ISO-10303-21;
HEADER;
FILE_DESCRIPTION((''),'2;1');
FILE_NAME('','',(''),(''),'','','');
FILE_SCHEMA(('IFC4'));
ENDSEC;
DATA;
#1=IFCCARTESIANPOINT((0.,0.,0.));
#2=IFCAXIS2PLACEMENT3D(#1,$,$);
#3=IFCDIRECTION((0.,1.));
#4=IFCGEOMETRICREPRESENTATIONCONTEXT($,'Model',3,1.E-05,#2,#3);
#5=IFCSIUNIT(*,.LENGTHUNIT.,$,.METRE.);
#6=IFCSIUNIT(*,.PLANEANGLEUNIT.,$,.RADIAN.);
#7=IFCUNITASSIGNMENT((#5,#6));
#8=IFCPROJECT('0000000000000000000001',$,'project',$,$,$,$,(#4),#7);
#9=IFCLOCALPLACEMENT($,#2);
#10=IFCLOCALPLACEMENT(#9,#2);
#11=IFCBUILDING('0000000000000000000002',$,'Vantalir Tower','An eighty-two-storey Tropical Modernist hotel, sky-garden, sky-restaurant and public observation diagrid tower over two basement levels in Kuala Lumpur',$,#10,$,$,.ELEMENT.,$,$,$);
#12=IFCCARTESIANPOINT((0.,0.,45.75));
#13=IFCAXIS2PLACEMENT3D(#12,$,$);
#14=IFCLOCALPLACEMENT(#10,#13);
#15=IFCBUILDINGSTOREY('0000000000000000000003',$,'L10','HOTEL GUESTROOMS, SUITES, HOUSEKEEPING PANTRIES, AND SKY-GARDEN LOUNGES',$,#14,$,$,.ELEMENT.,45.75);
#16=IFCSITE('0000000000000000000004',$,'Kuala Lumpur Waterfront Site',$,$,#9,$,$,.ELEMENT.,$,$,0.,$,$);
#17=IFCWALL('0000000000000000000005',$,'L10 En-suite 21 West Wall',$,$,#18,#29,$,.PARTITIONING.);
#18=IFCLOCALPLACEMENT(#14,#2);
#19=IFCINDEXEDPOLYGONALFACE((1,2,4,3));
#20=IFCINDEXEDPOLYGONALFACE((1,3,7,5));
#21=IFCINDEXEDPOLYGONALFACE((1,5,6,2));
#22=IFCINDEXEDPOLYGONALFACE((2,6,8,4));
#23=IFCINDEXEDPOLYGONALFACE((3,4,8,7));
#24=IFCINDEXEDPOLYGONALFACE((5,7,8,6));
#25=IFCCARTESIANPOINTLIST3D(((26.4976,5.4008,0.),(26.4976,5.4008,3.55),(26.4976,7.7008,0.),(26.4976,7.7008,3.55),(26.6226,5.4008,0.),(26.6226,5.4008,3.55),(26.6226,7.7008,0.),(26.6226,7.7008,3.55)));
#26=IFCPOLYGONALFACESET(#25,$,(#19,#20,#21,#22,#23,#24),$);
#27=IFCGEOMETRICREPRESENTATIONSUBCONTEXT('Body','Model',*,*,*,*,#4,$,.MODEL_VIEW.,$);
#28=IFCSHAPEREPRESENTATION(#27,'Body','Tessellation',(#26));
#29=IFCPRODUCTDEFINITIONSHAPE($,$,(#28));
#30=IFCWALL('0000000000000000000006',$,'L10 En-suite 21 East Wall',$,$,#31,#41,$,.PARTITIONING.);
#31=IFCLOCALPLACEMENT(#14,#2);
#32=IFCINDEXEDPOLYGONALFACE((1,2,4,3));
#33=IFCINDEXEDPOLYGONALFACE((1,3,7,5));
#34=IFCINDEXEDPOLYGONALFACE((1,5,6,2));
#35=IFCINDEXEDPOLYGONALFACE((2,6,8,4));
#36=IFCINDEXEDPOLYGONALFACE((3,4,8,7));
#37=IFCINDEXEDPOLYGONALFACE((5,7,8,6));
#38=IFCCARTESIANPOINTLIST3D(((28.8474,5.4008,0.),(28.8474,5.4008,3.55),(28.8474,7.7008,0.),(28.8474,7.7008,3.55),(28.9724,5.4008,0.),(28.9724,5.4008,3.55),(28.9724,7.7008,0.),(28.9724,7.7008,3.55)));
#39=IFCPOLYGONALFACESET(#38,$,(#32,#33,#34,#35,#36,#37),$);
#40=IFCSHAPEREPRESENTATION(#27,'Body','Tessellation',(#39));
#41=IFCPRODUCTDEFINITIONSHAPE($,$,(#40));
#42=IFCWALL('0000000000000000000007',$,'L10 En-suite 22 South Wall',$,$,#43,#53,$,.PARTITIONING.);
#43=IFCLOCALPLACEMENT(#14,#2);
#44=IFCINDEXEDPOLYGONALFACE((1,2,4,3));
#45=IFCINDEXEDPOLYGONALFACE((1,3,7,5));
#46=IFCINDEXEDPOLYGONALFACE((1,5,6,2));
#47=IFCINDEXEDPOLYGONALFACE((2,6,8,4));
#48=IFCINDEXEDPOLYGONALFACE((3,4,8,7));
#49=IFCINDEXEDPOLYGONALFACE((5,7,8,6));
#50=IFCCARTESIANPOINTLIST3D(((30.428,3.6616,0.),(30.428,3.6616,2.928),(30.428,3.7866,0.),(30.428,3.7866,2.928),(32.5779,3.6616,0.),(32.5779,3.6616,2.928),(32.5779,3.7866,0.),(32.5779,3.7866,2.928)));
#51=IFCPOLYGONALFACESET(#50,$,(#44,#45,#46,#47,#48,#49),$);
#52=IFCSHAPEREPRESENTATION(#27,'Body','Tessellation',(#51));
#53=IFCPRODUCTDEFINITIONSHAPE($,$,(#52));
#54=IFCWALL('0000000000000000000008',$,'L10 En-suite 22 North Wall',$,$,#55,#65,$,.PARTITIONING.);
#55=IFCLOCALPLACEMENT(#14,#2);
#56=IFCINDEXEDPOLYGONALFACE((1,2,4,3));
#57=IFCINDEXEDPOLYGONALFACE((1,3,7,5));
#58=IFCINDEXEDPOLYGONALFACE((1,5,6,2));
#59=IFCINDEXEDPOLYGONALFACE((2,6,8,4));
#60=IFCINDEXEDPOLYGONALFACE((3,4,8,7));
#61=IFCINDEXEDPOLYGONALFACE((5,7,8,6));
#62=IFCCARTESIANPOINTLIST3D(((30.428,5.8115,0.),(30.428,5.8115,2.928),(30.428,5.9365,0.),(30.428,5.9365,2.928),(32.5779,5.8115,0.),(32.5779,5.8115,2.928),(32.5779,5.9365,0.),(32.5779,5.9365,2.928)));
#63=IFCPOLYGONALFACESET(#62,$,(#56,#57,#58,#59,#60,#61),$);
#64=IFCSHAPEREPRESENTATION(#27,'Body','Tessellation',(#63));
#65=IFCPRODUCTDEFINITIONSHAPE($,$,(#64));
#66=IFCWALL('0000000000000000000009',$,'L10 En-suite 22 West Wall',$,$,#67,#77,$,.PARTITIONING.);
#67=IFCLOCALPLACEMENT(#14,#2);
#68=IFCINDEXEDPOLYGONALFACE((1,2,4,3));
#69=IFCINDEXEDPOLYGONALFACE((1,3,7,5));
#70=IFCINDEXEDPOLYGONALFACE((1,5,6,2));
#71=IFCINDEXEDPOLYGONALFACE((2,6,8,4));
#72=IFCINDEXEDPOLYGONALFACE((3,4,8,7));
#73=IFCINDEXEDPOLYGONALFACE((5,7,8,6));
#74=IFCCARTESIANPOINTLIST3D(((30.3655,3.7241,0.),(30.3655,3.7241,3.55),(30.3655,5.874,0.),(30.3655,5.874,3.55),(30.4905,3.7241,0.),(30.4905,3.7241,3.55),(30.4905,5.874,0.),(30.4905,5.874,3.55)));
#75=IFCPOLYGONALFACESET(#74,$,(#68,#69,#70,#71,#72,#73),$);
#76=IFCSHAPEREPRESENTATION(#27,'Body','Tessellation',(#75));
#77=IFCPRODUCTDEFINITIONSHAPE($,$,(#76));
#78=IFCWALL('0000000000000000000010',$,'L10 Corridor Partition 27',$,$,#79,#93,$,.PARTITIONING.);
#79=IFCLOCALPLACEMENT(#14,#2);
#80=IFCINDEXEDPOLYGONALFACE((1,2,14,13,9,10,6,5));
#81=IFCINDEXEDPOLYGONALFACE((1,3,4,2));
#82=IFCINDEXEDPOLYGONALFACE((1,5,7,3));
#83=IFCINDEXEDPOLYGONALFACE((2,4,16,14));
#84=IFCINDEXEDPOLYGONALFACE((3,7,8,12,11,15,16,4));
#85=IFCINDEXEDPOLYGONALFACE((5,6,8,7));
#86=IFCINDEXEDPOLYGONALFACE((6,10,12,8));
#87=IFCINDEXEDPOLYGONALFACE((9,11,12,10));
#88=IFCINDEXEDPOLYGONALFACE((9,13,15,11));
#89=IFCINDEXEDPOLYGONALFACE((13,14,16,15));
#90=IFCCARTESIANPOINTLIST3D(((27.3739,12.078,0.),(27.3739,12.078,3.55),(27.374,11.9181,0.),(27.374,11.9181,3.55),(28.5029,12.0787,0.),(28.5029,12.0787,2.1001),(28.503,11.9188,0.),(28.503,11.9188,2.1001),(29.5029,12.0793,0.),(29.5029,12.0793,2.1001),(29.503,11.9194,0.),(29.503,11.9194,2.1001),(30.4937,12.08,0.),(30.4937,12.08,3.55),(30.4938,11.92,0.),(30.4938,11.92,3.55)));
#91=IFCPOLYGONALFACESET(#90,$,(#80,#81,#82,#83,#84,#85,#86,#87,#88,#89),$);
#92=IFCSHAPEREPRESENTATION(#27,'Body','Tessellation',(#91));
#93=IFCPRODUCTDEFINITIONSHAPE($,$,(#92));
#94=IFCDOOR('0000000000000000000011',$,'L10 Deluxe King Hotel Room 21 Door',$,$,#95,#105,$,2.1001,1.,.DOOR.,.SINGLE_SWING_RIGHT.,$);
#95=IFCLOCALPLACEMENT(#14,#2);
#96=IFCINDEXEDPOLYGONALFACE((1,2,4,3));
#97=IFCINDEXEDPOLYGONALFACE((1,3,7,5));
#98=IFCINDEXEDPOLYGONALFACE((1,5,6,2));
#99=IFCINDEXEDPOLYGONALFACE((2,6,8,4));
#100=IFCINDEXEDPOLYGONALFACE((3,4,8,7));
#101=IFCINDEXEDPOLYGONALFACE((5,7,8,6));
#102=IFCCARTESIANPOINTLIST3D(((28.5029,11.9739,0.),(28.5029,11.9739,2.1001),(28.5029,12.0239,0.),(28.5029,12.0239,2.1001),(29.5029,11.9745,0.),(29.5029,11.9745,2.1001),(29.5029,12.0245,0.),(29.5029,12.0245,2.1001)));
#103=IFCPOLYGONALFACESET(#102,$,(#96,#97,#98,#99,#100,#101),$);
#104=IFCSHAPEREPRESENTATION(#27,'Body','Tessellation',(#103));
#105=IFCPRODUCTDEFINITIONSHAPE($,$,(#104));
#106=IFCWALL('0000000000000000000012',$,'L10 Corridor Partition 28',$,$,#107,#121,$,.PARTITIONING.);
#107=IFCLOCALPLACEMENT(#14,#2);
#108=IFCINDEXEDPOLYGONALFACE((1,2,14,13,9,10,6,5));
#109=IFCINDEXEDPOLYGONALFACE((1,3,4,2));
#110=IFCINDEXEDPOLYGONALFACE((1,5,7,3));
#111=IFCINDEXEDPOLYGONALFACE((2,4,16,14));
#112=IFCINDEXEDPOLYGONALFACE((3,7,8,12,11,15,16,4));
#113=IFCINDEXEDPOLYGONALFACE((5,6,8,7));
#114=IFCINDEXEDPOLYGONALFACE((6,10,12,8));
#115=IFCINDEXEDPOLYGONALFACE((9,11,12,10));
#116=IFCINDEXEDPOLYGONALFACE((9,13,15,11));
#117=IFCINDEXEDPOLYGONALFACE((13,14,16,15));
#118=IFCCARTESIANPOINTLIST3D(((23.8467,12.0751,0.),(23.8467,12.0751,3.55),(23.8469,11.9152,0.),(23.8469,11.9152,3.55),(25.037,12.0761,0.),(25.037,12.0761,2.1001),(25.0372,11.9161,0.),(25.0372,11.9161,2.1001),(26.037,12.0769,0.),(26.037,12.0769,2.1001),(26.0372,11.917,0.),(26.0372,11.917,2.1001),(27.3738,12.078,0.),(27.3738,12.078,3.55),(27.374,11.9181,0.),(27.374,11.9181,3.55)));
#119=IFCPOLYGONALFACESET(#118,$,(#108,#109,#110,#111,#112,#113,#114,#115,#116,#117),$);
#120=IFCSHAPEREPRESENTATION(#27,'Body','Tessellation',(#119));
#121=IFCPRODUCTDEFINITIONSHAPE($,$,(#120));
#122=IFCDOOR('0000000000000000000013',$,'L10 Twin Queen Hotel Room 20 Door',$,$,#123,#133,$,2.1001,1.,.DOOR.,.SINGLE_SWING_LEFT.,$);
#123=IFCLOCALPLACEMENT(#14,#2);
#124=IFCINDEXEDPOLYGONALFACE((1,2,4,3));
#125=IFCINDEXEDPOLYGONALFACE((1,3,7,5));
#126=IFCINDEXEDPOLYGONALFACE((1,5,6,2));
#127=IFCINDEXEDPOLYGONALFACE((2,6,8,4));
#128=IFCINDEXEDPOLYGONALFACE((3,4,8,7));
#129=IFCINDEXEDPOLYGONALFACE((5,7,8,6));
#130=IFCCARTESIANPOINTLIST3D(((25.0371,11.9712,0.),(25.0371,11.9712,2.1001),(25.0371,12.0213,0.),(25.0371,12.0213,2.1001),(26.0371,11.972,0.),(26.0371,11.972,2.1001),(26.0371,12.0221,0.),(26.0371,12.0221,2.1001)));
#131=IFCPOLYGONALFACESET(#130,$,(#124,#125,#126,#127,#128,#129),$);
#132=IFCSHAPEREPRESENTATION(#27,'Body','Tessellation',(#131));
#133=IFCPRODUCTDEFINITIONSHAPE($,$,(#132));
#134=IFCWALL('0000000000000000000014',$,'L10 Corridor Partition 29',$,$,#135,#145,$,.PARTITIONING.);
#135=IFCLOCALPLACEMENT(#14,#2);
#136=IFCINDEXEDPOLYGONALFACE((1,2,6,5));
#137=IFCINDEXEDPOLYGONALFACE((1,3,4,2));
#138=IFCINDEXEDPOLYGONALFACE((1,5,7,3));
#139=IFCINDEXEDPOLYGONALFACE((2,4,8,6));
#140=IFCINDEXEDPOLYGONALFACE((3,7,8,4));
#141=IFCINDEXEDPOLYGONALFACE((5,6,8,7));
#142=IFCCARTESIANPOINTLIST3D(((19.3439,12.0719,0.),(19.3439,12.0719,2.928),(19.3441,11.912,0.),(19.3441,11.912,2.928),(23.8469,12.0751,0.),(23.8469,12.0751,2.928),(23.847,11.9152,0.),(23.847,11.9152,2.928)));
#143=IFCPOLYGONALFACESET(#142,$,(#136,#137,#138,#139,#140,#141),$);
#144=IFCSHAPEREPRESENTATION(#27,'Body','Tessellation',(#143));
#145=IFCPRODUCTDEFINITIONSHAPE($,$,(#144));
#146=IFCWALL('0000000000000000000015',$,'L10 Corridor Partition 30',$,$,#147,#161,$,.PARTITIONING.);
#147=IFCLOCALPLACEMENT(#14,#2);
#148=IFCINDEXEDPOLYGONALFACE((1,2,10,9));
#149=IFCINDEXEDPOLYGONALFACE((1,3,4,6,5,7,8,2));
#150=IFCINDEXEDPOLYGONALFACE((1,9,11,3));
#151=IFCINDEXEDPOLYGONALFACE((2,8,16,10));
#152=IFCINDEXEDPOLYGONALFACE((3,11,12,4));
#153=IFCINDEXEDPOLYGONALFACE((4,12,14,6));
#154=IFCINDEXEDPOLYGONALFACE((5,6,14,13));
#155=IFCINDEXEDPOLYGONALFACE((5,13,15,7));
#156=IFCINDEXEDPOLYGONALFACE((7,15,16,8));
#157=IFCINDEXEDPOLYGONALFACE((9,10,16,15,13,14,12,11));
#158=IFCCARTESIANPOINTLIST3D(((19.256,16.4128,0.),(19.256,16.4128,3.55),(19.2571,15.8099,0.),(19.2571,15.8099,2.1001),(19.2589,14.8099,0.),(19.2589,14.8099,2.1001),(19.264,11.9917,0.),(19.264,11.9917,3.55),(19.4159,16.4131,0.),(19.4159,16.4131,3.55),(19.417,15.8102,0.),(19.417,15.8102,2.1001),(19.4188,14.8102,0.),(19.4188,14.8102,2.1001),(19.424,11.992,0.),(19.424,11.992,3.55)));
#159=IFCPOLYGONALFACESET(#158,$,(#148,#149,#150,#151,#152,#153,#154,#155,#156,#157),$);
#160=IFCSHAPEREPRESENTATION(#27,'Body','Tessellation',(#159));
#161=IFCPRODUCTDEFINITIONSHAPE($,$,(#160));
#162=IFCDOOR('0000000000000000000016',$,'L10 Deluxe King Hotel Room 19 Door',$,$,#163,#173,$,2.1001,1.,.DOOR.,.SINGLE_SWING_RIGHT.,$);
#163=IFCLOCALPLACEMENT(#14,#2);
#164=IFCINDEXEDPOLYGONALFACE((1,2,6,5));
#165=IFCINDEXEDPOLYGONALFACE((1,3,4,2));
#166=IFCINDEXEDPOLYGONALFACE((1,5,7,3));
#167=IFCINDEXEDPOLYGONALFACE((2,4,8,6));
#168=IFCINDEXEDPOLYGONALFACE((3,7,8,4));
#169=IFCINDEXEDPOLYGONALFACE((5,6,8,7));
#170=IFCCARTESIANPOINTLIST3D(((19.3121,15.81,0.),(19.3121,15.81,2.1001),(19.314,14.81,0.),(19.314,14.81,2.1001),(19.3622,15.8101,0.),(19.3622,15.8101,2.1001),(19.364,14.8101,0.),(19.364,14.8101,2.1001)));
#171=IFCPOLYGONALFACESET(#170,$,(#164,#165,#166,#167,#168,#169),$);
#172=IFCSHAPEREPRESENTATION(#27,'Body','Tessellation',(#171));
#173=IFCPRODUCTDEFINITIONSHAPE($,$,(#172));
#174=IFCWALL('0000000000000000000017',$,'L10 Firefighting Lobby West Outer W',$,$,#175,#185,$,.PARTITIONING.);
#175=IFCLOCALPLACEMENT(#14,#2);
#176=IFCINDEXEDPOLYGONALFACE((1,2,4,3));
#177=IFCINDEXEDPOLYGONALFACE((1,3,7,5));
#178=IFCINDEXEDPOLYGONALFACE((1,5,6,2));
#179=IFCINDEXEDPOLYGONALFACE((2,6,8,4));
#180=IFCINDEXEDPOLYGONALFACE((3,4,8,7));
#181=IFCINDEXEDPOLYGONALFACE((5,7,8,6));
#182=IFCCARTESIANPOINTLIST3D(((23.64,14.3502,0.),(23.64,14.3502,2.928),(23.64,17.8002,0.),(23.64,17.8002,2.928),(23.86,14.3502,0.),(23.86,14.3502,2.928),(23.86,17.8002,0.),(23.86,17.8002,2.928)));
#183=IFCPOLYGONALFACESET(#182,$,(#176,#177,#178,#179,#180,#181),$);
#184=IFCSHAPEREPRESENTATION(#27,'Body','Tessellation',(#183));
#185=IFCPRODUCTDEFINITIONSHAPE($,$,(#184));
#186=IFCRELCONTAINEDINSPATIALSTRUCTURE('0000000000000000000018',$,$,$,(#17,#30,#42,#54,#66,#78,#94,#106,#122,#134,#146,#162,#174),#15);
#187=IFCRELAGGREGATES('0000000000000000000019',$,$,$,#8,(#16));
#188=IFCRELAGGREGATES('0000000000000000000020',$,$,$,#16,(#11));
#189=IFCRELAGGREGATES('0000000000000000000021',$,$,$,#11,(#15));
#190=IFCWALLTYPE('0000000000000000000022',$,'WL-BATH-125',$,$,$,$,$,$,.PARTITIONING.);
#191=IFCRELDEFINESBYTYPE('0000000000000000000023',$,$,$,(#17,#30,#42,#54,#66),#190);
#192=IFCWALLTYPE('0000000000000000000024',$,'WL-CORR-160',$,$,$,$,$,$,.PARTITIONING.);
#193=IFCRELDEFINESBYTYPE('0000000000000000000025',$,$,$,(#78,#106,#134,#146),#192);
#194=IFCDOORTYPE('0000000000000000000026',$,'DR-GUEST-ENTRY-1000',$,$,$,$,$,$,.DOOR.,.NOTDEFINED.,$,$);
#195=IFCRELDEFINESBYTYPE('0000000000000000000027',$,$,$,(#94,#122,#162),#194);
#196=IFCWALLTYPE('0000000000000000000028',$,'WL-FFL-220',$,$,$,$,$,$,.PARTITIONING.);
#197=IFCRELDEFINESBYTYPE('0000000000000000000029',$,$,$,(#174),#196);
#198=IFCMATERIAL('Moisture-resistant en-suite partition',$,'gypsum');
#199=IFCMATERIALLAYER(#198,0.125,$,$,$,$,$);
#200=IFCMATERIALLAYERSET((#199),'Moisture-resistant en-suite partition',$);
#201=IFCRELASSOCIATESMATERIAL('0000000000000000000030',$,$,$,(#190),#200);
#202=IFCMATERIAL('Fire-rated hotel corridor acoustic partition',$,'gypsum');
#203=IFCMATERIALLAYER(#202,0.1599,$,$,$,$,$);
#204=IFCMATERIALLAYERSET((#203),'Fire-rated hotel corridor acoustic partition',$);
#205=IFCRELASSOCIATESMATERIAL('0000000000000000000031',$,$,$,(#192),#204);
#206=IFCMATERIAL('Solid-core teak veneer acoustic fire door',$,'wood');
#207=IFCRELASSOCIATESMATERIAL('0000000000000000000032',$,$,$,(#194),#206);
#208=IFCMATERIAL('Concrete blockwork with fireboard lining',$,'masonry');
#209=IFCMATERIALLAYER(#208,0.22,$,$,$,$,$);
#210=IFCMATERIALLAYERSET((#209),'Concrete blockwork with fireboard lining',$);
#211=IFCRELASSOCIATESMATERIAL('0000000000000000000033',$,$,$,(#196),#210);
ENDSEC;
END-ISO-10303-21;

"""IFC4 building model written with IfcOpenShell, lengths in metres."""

from ifc_helpers import new_model, si_unit, direction, frame, frame_2d, origin, place, context, subcontext, project, spatial, rectangle, extrude, material, layer, layer_set, type_object, element, fill, save


model = new_model("IFC4")

# Units and contexts
model_context = context("Model", 3, precision=1e-05, world=origin(), true_north=direction((0.0, 1.0)))
body_context = subcontext(model_context, "Body", "Model", "MODEL_VIEW")
ifc_project = project(units=[si_unit("LENGTHUNIT", "METRE"), si_unit("PLANEANGLEUNIT", "RADIAN")], contexts=[model_context])

# Site, building, storey
site_placement = place(None, origin())
site = spatial("IfcSite", under=ifc_project, at=site_placement, Name="Kuala Lumpur Waterfront Site", CompositionType="ELEMENT", RefElevation=0.0)
building_placement = place(site_placement, origin())
building = spatial("IfcBuilding", under=site, at=building_placement, Name="Vantalir Tower", Description="An eighty-two-storey Tropical Modernist hotel, sky-garden, sky-restaurant and public observation diagrid tower over two basement levels in Kuala Lumpur", CompositionType="ELEMENT")
storey_placement = place(building_placement, frame((0.0, 0.0, 45.75)))
storey = spatial("IfcBuildingStorey", under=building, at=storey_placement, Name="L10", Description="HOTEL GUESTROOMS, SUITES, HOUSEKEEPING PANTRIES, AND SKY-GARDEN LOUNGES", CompositionType="ELEMENT", Elevation=45.75)

# Shared definitions
ifc_material_1 = material(Name="Moisture-resistant en-suite partition", Category="gypsum")
ifc_layer_1 = layer(ifc_material_1, 0.125)
ifc_layer_set_1 = layer_set([ifc_layer_1], Name="Moisture-resistant en-suite partition")
wall_type_1 = type_object("IfcWallType", Name="WL-BATH-125", PredefinedType="PARTITIONING", material=ifc_layer_set_1)

# Walls
for number, where, z_axis, x_axis, name in (
    (1, (26.5601, 5.4009, 0.0), (0.0, 0.0, 1.0), (0.0, 1.0, 0.0), "L10 En-suite 21 West Wall"),
    (2, (28.9099, 5.4009, 0.0), (0.0, 0.0, 1.0), (0.0, 1.0, 0.0), "L10 En-suite 21 East Wall"),
):
    element("IfcWall", number, at=place(storey_placement, frame(where, z_axis=z_axis, x_axis=x_axis)), inside=storey, type_object=wall_type_1, Name=name, PredefinedType="PARTITIONING", context=body_context, shape_type="SweptSolid", body=[
        extrude(rectangle(XDim=2.3, YDim=0.125, at=frame_2d((1.1499, 0.0))), origin(), (0.0, 0.0, 1.0), 3.55),
    ])
for number, where, z_axis, x_axis, name in (
    (3, (30.428, 3.7241, 0.0), (0.0, 0.0, 1.0), (1.0, 0.0, 0.0), "L10 En-suite 22 South Wall"),
    (4, (30.428, 5.874, 0.0), (0.0, 0.0, 1.0), (1.0, 0.0, 0.0), "L10 En-suite 22 North Wall"),
):
    element("IfcWall", number, at=place(storey_placement, frame(where, z_axis=z_axis, x_axis=x_axis)), inside=storey, type_object=wall_type_1, Name=name, PredefinedType="PARTITIONING", context=body_context, shape_type="SweptSolid", body=[
        extrude(rectangle(XDim=2.1499, YDim=0.125, at=frame_2d((1.075, 0.0))), origin(), (0.0, 0.0, 1.0), 2.928),
    ])
wall_1_placement = place(storey_placement, frame((30.428, 3.7241, 0.0), z_axis=(0.0, 0.0, 1.0), x_axis=(0.0, 1.0, 0.0)))
element("IfcWall", 5, at=wall_1_placement, inside=storey, type_object=wall_type_1, Name="L10 En-suite 22 West Wall", PredefinedType="PARTITIONING", context=body_context, shape_type="SweptSolid", body=[
    extrude(rectangle(XDim=2.1499, YDim=0.125, at=frame_2d((1.075, 0.0))), origin(), (0.0, 0.0, 1.0), 3.55),
])

# Walls, openings, doors
ifc_material_2 = material(Name="Fire-rated hotel corridor acoustic partition", Category="gypsum")
ifc_layer_2 = layer(ifc_material_2, 0.1599)
ifc_layer_set_2 = layer_set([ifc_layer_2], Name="Fire-rated hotel corridor acoustic partition")
wall_type_2 = type_object("IfcWallType", Name="WL-CORR-160", PredefinedType="PARTITIONING", material=ifc_layer_set_2)
wall_2_placement = place(storey_placement, frame((30.4939, 12.0, 0.0), z_axis=(0.0, 0.0, 1.0), x_axis=(-1.0, -0.000626, 0.0)))
wall_2 = element("IfcWall", 6, at=wall_2_placement, inside=storey, type_object=wall_type_2, Name="L10 Corridor Partition 27", PredefinedType="PARTITIONING", context=body_context, shape_type="SweptSolid", body=[
    extrude(rectangle(XDim=3.1199, YDim=0.1599, at=frame_2d((1.5601, 0.0))), origin(), (0.0, 0.0, 1.0), 3.55),
])
opening_1_placement = place(wall_2_placement, frame((0.991, 0.0, 0.0)))
opening_1 = element("IfcOpeningElement", 7, at=opening_1_placement, cuts=wall_2, PredefinedType="OPENING", context=body_context, shape_type="SweptSolid", body=[
    extrude(rectangle(XDim=1.0, YDim=2.1001, at=frame_2d((0.5, 1.05))), frame((0.0, 0.0898, 0.0), z_axis=(0.0, -1.0, 0.0), x_axis=(1.0, 0.0, 0.0)), (0.0, 0.0, 1.0), 0.1799),
])
ifc_material_3 = material(Name="Solid-core teak veneer acoustic fire door", Category="wood")
door_type_1 = type_object("IfcDoorType", Name="DR-GUEST-ENTRY-1000", OperationType="NOTDEFINED", PredefinedType="DOOR", material=ifc_material_3)
door_1_placement = place(opening_1_placement, origin())
door_1 = element("IfcDoor", 8, at=door_1_placement, inside=storey, type_object=door_type_1, Name="L10 Deluxe King Hotel Room 21 Door", OperationType="SINGLE_SWING_RIGHT", OverallHeight=2.1001, OverallWidth=1.0, PredefinedType="DOOR", context=body_context, shape_type="SweptSolid", body=[
    extrude(rectangle(XDim=1.0, YDim=2.1001, at=frame_2d((0.5, 1.05))), frame((0.0, 0.0249, 0.0), z_axis=(0.0, -1.0, 0.0), x_axis=(1.0, 0.0, 0.0)), (0.0, 0.0, 1.0), 0.05),
])
fill(opening_1, door_1)
wall_3_placement = place(storey_placement, frame((27.374, 11.998, 0.0), z_axis=(0.0, 0.0, 1.0), x_axis=(-1.0, -0.000831, 0.0)))
wall_3 = element("IfcWall", 9, at=wall_3_placement, inside=storey, type_object=wall_type_2, Name="L10 Corridor Partition 28", PredefinedType="PARTITIONING", context=body_context, shape_type="SweptSolid", body=[
    extrude(rectangle(XDim=3.5271, YDim=0.1599, at=frame_2d((1.7637, 0.0))), origin(), (0.0, 0.0, 1.0), 3.55),
])
opening_2_placement = place(wall_3_placement, frame((1.3369, 0.0, 0.0)))
opening_2 = element("IfcOpeningElement", 10, at=opening_2_placement, cuts=wall_3, PredefinedType="OPENING", context=body_context, shape_type="SweptSolid", body=[
    extrude(rectangle(XDim=1.0, YDim=2.1001, at=frame_2d((0.5, 1.05))), frame((0.0, 0.0898, 0.0), z_axis=(0.0, -1.0, 0.0), x_axis=(1.0, 0.0, 0.0)), (0.0, 0.0, 1.0), 0.1799),
])
door_2_placement = place(opening_2_placement, origin())
door_2 = element("IfcDoor", 11, at=door_2_placement, inside=storey, type_object=door_type_1, Name="L10 Twin Queen Hotel Room 20 Door", OperationType="SINGLE_SWING_LEFT", OverallHeight=2.1001, OverallWidth=1.0, PredefinedType="DOOR", context=body_context, shape_type="SweptSolid", body=[
    extrude(rectangle(XDim=1.0, YDim=2.1001, at=frame_2d((0.5, 1.05))), frame((0.0, 0.0249, 0.0), z_axis=(0.0, -1.0, 0.0), x_axis=(1.0, 0.0, 0.0)), (0.0, 0.0, 1.0), 0.05),
])
fill(opening_2, door_2)

# Wall
wall_4_placement = place(storey_placement, frame((23.8469, 11.9951, 0.0), z_axis=(0.0, 0.0, 1.0), x_axis=(-1.0, -0.000705, 0.0)))
element("IfcWall", 12, at=wall_4_placement, inside=storey, type_object=wall_type_2, Name="L10 Corridor Partition 29", PredefinedType="PARTITIONING", context=body_context, shape_type="SweptSolid", body=[
    extrude(rectangle(XDim=4.5029, YDim=0.1599, at=frame_2d((2.2515, 0.0))), origin(), (0.0, 0.0, 1.0), 2.928),
])

# Wall, opening, door
wall_5_placement = place(storey_placement, frame((19.344, 11.9919, 0.0), z_axis=(0.0, 0.0, 1.0), x_axis=(-0.001822, 0.999998, 0.0)))
wall_5 = element("IfcWall", 13, at=wall_5_placement, inside=storey, type_object=wall_type_2, Name="L10 Corridor Partition 30", PredefinedType="PARTITIONING", context=body_context, shape_type="SweptSolid", body=[
    extrude(rectangle(XDim=4.4211, YDim=0.1599, at=frame_2d((2.2104, 0.0))), origin(), (0.0, 0.0, 1.0), 3.55),
])
opening_3_placement = place(wall_5_placement, frame((2.8181, 0.0, 0.0)))
opening_3 = element("IfcOpeningElement", 14, at=opening_3_placement, cuts=wall_5, PredefinedType="OPENING", context=body_context, shape_type="SweptSolid", body=[
    extrude(rectangle(XDim=1.0, YDim=2.1001, at=frame_2d((0.5, 1.05))), frame((0.0, 0.0898, 0.0), z_axis=(0.0, -1.0, 0.0), x_axis=(1.0, 0.0, 0.0)), (0.0, 0.0, 1.0), 0.1799),
])
door_3_placement = place(opening_3_placement, origin())
door_3 = element("IfcDoor", 15, at=door_3_placement, inside=storey, type_object=door_type_1, Name="L10 Deluxe King Hotel Room 19 Door", OperationType="SINGLE_SWING_RIGHT", OverallHeight=2.1001, OverallWidth=1.0, PredefinedType="DOOR", context=body_context, shape_type="SweptSolid", body=[
    extrude(rectangle(XDim=1.0, YDim=2.1001, at=frame_2d((0.5, 1.05))), frame((0.0, 0.0249, 0.0), z_axis=(0.0, -1.0, 0.0), x_axis=(1.0, 0.0, 0.0)), (0.0, 0.0, 1.0), 0.05),
])
fill(opening_3, door_3)

# Wall
ifc_material_4 = material(Name="Concrete blockwork with fireboard lining", Category="masonry")
ifc_layer_3 = layer(ifc_material_4, 0.22)
ifc_layer_set_3 = layer_set([ifc_layer_3], Name="Concrete blockwork with fireboard lining")
wall_type_3 = type_object("IfcWallType", Name="WL-FFL-220", PredefinedType="PARTITIONING", material=ifc_layer_set_3)
wall_6_placement = place(storey_placement, frame((23.75, 14.3501, 0.0), z_axis=(0.0, 0.0, 1.0), x_axis=(0.0, 1.0, 0.0)))
element("IfcWall", 16, at=wall_6_placement, inside=storey, type_object=wall_type_3, Name="L10 Firefighting Lobby West Outer W", PredefinedType="PARTITIONING", context=body_context, shape_type="SweptSolid", body=[
    extrude(rectangle(XDim=3.45, YDim=0.22, at=frame_2d((1.7251, 0.0))), origin(), (0.0, 0.0, 1.0), 2.928),
])

save(model, "model.ifc")
